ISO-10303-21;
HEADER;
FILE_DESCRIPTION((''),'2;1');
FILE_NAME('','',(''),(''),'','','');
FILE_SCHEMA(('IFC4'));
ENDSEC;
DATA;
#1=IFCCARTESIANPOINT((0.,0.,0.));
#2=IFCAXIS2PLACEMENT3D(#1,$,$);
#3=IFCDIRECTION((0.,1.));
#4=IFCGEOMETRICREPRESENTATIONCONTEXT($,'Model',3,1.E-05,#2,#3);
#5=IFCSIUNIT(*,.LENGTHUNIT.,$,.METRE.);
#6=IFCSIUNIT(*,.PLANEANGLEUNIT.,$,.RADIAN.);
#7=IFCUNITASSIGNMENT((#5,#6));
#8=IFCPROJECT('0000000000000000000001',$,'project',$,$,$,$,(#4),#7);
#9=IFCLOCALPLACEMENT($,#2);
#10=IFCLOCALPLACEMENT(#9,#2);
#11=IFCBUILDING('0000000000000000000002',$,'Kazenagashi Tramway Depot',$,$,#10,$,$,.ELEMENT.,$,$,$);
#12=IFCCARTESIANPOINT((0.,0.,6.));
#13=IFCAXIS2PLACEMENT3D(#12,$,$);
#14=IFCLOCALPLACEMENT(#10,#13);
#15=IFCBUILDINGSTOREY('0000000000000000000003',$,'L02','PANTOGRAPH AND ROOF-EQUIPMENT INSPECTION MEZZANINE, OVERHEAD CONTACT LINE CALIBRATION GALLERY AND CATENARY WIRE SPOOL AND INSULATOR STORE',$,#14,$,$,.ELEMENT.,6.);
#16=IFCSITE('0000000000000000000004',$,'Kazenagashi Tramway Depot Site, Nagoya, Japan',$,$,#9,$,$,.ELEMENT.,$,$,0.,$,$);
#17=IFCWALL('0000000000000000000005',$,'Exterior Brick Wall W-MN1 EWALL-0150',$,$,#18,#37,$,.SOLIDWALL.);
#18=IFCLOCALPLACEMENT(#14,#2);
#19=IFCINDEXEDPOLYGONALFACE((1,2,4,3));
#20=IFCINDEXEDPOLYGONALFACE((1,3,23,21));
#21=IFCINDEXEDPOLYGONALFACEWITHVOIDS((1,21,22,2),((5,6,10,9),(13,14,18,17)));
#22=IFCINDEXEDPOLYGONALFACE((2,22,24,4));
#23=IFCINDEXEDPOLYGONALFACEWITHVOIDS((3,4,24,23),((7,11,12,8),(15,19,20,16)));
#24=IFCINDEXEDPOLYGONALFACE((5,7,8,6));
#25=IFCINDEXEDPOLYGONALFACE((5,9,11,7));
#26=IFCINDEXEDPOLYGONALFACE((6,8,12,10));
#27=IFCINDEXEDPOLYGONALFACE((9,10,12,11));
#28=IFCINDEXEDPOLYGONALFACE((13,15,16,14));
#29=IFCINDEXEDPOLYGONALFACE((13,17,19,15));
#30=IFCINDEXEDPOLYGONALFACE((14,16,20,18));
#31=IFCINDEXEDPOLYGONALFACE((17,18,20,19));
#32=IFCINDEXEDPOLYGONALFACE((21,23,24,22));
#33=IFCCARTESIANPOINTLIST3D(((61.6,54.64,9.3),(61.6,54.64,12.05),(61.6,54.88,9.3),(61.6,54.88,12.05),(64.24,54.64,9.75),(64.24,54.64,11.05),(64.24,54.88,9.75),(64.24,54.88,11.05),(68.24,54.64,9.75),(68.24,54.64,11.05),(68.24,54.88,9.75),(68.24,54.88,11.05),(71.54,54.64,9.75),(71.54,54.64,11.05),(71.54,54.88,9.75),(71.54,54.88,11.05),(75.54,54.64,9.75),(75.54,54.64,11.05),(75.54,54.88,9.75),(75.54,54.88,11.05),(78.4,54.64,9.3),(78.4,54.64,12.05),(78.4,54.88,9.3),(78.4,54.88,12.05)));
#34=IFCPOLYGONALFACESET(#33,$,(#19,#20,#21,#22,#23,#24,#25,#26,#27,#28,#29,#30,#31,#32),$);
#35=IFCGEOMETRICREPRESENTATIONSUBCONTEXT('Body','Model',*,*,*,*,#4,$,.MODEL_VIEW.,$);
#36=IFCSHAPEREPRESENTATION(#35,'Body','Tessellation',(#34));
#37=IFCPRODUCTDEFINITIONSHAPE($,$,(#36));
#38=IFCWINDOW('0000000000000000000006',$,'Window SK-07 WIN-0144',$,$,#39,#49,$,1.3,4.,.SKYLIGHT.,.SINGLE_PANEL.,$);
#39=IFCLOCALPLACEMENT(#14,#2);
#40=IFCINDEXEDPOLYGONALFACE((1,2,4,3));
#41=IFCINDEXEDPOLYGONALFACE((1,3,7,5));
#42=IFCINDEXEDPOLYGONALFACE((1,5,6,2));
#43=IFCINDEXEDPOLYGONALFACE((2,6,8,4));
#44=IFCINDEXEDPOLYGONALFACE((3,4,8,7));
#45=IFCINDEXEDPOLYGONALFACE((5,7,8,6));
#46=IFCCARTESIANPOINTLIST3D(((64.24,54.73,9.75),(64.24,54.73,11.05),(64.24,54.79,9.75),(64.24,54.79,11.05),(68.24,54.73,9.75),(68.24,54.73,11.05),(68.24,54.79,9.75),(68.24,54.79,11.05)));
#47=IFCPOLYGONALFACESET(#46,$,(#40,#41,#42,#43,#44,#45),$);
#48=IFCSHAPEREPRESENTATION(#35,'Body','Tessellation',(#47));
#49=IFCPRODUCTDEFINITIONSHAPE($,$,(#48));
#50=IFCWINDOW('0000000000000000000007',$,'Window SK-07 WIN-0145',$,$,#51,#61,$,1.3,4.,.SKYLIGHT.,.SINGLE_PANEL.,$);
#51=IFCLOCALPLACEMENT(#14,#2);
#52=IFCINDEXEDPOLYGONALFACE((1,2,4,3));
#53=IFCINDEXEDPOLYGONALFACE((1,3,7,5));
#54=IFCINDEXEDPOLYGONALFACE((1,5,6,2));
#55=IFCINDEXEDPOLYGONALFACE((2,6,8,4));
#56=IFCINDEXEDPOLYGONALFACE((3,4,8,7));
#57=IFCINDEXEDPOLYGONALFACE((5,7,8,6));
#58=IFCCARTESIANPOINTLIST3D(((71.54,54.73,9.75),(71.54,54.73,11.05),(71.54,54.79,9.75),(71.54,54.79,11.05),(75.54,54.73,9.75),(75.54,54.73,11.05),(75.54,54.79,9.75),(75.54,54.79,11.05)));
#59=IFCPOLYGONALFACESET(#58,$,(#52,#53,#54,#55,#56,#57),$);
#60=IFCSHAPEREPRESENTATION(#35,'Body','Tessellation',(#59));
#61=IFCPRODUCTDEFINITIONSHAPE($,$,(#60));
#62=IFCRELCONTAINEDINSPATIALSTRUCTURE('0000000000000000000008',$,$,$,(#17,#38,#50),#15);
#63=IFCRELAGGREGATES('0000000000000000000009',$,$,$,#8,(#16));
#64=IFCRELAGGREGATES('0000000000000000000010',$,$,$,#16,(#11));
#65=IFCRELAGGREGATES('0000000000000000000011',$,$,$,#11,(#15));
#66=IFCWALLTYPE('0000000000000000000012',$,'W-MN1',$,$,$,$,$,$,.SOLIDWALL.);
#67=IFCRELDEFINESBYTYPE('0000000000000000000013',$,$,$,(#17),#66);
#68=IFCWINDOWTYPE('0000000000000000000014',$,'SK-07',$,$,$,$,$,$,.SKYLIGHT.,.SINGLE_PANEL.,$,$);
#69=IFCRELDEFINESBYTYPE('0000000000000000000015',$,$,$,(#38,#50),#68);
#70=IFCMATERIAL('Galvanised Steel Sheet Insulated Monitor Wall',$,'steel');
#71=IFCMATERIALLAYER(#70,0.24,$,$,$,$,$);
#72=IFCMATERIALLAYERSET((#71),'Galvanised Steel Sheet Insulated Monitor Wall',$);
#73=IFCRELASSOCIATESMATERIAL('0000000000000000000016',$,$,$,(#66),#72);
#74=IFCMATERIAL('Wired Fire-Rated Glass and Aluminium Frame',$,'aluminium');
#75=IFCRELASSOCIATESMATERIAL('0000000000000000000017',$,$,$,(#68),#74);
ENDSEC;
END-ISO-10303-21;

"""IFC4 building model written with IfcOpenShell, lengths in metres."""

from ifc_helpers import new_model, si_unit, direction, frame, frame_2d, origin, place, context, subcontext, project, spatial, rectangle, extrude, material, layer, layer_set, type_object, element, fill, save


model = new_model("IFC4")

# Units and contexts
model_context = context("Model", 3, precision=1e-05, world=origin(), true_north=direction((0.0, 1.0)))
body_context = subcontext(model_context, "Body", "Model", "MODEL_VIEW")
ifc_project = project(units=[si_unit("LENGTHUNIT", "METRE"), si_unit("PLANEANGLEUNIT", "RADIAN")], contexts=[model_context])

# Site, building, storey
site_placement = place(None, origin())
site = spatial("IfcSite", under=ifc_project, at=site_placement, Name="Kazenagashi Tramway Depot Site, Nagoya, Japan", CompositionType="ELEMENT", RefElevation=0.0)
building_placement = place(site_placement, origin())
building = spatial("IfcBuilding", under=site, at=building_placement, Name="Kazenagashi Tramway Depot", CompositionType="ELEMENT")
storey_placement = place(building_placement, frame((0.0, 0.0, 6.0)))
storey = spatial("IfcBuildingStorey", under=building, at=storey_placement, Name="L02", Description="PANTOGRAPH AND ROOF-EQUIPMENT INSPECTION MEZZANINE, OVERHEAD CONTACT LINE CALIBRATION GALLERY AND CATENARY WIRE SPOOL AND INSULATOR STORE", CompositionType="ELEMENT", Elevation=6.0)

# Wall, openings, windows
ifc_material_1 = material(Name="Galvanised Steel Sheet Insulated Monitor Wall", Category="steel")
ifc_layer_1 = layer(ifc_material_1, 0.24)
ifc_layer_set_1 = layer_set([ifc_layer_1], Name="Galvanised Steel Sheet Insulated Monitor Wall")
wall_type = type_object("IfcWallType", Name="W-MN1", PredefinedType="SOLIDWALL", material=ifc_layer_set_1)
wall_placement = place(storey_placement, frame((61.6, 54.76, 9.3), z_axis=(0.0, 0.0, 1.0), x_axis=(1.0, 0.0, 0.0)))
wall = element("IfcWall", 1, at=wall_placement, inside=storey, type_object=wall_type, Name="Exterior Brick Wall W-MN1 EWALL-0150", PredefinedType="SOLIDWALL", context=body_context, shape_type="SweptSolid", body=[
    extrude(rectangle(XDim=16.8, YDim=0.24, at=frame_2d((8.4, 0.0))), origin(), (0.0, 0.0, 1.0), 2.75),
])
opening_1_placement = place(wall_placement, frame((2.64, 0.0, 0.45)))
opening_1 = element("IfcOpeningElement", 2, at=opening_1_placement, cuts=wall, PredefinedType="OPENING", context=body_context, shape_type="SweptSolid", body=[
    extrude(rectangle(XDim=4.0, YDim=1.3, at=frame_2d((2.0, 0.65))), frame((0.0, 0.13, 0.0), z_axis=(0.0, -1.0, 0.0), x_axis=(1.0, 0.0, 0.0)), (0.0, 0.0, 1.0), 0.26),
])
opening_2_placement = place(wall_placement, frame((9.94, 0.0, 0.45)))
opening_2 = element("IfcOpeningElement", 3, at=opening_2_placement, cuts=wall, PredefinedType="OPENING", context=body_context, shape_type="SweptSolid", body=[
    extrude(rectangle(XDim=4.0, YDim=1.3, at=frame_2d((2.0, 0.65))), frame((0.0, 0.13, 0.0), z_axis=(0.0, -1.0, 0.0), x_axis=(1.0, 0.0, 0.0)), (0.0, 0.0, 1.0), 0.26),
])
ifc_material_2 = material(Name="Wired Fire-Rated Glass and Aluminium Frame", Category="aluminium")
window_type = type_object("IfcWindowType", Name="SK-07", PartitioningType="SINGLE_PANEL", PredefinedType="SKYLIGHT", material=ifc_material_2)
window_1_placement = place(opening_1_placement, origin())
window_1 = element("IfcWindow", 4, at=window_1_placement, inside=storey, type_object=window_type, Name="Window SK-07 WIN-0144", OverallHeight=1.3, OverallWidth=4.0, PartitioningType="SINGLE_PANEL", PredefinedType="SKYLIGHT", context=body_context, shape_type="SweptSolid", body=[
    extrude(rectangle(XDim=4.0, YDim=1.3, at=frame_2d((2.0, 0.65))), frame((0.0, 0.03, 0.0), z_axis=(0.0, -1.0, 0.0), x_axis=(1.0, 0.0, 0.0)), (0.0, 0.0, 1.0), 0.06),
])
fill(opening_1, window_1)
window_2_placement = place(opening_2_placement, origin())
window_2 = element("IfcWindow", 5, at=window_2_placement, inside=storey, type_object=window_type, Name="Window SK-07 WIN-0145", OverallHeight=1.3, OverallWidth=4.0, PartitioningType="SINGLE_PANEL", PredefinedType="SKYLIGHT", context=body_context, shape_type="SweptSolid", body=[
    extrude(rectangle(XDim=4.0, YDim=1.3, at=frame_2d((2.0, 0.65))), frame((0.0, 0.03, 0.0), z_axis=(0.0, -1.0, 0.0), x_axis=(1.0, 0.0, 0.0)), (0.0, 0.0, 1.0), 0.06),
])
fill(opening_2, window_2)

save(model, "model.ifc")
